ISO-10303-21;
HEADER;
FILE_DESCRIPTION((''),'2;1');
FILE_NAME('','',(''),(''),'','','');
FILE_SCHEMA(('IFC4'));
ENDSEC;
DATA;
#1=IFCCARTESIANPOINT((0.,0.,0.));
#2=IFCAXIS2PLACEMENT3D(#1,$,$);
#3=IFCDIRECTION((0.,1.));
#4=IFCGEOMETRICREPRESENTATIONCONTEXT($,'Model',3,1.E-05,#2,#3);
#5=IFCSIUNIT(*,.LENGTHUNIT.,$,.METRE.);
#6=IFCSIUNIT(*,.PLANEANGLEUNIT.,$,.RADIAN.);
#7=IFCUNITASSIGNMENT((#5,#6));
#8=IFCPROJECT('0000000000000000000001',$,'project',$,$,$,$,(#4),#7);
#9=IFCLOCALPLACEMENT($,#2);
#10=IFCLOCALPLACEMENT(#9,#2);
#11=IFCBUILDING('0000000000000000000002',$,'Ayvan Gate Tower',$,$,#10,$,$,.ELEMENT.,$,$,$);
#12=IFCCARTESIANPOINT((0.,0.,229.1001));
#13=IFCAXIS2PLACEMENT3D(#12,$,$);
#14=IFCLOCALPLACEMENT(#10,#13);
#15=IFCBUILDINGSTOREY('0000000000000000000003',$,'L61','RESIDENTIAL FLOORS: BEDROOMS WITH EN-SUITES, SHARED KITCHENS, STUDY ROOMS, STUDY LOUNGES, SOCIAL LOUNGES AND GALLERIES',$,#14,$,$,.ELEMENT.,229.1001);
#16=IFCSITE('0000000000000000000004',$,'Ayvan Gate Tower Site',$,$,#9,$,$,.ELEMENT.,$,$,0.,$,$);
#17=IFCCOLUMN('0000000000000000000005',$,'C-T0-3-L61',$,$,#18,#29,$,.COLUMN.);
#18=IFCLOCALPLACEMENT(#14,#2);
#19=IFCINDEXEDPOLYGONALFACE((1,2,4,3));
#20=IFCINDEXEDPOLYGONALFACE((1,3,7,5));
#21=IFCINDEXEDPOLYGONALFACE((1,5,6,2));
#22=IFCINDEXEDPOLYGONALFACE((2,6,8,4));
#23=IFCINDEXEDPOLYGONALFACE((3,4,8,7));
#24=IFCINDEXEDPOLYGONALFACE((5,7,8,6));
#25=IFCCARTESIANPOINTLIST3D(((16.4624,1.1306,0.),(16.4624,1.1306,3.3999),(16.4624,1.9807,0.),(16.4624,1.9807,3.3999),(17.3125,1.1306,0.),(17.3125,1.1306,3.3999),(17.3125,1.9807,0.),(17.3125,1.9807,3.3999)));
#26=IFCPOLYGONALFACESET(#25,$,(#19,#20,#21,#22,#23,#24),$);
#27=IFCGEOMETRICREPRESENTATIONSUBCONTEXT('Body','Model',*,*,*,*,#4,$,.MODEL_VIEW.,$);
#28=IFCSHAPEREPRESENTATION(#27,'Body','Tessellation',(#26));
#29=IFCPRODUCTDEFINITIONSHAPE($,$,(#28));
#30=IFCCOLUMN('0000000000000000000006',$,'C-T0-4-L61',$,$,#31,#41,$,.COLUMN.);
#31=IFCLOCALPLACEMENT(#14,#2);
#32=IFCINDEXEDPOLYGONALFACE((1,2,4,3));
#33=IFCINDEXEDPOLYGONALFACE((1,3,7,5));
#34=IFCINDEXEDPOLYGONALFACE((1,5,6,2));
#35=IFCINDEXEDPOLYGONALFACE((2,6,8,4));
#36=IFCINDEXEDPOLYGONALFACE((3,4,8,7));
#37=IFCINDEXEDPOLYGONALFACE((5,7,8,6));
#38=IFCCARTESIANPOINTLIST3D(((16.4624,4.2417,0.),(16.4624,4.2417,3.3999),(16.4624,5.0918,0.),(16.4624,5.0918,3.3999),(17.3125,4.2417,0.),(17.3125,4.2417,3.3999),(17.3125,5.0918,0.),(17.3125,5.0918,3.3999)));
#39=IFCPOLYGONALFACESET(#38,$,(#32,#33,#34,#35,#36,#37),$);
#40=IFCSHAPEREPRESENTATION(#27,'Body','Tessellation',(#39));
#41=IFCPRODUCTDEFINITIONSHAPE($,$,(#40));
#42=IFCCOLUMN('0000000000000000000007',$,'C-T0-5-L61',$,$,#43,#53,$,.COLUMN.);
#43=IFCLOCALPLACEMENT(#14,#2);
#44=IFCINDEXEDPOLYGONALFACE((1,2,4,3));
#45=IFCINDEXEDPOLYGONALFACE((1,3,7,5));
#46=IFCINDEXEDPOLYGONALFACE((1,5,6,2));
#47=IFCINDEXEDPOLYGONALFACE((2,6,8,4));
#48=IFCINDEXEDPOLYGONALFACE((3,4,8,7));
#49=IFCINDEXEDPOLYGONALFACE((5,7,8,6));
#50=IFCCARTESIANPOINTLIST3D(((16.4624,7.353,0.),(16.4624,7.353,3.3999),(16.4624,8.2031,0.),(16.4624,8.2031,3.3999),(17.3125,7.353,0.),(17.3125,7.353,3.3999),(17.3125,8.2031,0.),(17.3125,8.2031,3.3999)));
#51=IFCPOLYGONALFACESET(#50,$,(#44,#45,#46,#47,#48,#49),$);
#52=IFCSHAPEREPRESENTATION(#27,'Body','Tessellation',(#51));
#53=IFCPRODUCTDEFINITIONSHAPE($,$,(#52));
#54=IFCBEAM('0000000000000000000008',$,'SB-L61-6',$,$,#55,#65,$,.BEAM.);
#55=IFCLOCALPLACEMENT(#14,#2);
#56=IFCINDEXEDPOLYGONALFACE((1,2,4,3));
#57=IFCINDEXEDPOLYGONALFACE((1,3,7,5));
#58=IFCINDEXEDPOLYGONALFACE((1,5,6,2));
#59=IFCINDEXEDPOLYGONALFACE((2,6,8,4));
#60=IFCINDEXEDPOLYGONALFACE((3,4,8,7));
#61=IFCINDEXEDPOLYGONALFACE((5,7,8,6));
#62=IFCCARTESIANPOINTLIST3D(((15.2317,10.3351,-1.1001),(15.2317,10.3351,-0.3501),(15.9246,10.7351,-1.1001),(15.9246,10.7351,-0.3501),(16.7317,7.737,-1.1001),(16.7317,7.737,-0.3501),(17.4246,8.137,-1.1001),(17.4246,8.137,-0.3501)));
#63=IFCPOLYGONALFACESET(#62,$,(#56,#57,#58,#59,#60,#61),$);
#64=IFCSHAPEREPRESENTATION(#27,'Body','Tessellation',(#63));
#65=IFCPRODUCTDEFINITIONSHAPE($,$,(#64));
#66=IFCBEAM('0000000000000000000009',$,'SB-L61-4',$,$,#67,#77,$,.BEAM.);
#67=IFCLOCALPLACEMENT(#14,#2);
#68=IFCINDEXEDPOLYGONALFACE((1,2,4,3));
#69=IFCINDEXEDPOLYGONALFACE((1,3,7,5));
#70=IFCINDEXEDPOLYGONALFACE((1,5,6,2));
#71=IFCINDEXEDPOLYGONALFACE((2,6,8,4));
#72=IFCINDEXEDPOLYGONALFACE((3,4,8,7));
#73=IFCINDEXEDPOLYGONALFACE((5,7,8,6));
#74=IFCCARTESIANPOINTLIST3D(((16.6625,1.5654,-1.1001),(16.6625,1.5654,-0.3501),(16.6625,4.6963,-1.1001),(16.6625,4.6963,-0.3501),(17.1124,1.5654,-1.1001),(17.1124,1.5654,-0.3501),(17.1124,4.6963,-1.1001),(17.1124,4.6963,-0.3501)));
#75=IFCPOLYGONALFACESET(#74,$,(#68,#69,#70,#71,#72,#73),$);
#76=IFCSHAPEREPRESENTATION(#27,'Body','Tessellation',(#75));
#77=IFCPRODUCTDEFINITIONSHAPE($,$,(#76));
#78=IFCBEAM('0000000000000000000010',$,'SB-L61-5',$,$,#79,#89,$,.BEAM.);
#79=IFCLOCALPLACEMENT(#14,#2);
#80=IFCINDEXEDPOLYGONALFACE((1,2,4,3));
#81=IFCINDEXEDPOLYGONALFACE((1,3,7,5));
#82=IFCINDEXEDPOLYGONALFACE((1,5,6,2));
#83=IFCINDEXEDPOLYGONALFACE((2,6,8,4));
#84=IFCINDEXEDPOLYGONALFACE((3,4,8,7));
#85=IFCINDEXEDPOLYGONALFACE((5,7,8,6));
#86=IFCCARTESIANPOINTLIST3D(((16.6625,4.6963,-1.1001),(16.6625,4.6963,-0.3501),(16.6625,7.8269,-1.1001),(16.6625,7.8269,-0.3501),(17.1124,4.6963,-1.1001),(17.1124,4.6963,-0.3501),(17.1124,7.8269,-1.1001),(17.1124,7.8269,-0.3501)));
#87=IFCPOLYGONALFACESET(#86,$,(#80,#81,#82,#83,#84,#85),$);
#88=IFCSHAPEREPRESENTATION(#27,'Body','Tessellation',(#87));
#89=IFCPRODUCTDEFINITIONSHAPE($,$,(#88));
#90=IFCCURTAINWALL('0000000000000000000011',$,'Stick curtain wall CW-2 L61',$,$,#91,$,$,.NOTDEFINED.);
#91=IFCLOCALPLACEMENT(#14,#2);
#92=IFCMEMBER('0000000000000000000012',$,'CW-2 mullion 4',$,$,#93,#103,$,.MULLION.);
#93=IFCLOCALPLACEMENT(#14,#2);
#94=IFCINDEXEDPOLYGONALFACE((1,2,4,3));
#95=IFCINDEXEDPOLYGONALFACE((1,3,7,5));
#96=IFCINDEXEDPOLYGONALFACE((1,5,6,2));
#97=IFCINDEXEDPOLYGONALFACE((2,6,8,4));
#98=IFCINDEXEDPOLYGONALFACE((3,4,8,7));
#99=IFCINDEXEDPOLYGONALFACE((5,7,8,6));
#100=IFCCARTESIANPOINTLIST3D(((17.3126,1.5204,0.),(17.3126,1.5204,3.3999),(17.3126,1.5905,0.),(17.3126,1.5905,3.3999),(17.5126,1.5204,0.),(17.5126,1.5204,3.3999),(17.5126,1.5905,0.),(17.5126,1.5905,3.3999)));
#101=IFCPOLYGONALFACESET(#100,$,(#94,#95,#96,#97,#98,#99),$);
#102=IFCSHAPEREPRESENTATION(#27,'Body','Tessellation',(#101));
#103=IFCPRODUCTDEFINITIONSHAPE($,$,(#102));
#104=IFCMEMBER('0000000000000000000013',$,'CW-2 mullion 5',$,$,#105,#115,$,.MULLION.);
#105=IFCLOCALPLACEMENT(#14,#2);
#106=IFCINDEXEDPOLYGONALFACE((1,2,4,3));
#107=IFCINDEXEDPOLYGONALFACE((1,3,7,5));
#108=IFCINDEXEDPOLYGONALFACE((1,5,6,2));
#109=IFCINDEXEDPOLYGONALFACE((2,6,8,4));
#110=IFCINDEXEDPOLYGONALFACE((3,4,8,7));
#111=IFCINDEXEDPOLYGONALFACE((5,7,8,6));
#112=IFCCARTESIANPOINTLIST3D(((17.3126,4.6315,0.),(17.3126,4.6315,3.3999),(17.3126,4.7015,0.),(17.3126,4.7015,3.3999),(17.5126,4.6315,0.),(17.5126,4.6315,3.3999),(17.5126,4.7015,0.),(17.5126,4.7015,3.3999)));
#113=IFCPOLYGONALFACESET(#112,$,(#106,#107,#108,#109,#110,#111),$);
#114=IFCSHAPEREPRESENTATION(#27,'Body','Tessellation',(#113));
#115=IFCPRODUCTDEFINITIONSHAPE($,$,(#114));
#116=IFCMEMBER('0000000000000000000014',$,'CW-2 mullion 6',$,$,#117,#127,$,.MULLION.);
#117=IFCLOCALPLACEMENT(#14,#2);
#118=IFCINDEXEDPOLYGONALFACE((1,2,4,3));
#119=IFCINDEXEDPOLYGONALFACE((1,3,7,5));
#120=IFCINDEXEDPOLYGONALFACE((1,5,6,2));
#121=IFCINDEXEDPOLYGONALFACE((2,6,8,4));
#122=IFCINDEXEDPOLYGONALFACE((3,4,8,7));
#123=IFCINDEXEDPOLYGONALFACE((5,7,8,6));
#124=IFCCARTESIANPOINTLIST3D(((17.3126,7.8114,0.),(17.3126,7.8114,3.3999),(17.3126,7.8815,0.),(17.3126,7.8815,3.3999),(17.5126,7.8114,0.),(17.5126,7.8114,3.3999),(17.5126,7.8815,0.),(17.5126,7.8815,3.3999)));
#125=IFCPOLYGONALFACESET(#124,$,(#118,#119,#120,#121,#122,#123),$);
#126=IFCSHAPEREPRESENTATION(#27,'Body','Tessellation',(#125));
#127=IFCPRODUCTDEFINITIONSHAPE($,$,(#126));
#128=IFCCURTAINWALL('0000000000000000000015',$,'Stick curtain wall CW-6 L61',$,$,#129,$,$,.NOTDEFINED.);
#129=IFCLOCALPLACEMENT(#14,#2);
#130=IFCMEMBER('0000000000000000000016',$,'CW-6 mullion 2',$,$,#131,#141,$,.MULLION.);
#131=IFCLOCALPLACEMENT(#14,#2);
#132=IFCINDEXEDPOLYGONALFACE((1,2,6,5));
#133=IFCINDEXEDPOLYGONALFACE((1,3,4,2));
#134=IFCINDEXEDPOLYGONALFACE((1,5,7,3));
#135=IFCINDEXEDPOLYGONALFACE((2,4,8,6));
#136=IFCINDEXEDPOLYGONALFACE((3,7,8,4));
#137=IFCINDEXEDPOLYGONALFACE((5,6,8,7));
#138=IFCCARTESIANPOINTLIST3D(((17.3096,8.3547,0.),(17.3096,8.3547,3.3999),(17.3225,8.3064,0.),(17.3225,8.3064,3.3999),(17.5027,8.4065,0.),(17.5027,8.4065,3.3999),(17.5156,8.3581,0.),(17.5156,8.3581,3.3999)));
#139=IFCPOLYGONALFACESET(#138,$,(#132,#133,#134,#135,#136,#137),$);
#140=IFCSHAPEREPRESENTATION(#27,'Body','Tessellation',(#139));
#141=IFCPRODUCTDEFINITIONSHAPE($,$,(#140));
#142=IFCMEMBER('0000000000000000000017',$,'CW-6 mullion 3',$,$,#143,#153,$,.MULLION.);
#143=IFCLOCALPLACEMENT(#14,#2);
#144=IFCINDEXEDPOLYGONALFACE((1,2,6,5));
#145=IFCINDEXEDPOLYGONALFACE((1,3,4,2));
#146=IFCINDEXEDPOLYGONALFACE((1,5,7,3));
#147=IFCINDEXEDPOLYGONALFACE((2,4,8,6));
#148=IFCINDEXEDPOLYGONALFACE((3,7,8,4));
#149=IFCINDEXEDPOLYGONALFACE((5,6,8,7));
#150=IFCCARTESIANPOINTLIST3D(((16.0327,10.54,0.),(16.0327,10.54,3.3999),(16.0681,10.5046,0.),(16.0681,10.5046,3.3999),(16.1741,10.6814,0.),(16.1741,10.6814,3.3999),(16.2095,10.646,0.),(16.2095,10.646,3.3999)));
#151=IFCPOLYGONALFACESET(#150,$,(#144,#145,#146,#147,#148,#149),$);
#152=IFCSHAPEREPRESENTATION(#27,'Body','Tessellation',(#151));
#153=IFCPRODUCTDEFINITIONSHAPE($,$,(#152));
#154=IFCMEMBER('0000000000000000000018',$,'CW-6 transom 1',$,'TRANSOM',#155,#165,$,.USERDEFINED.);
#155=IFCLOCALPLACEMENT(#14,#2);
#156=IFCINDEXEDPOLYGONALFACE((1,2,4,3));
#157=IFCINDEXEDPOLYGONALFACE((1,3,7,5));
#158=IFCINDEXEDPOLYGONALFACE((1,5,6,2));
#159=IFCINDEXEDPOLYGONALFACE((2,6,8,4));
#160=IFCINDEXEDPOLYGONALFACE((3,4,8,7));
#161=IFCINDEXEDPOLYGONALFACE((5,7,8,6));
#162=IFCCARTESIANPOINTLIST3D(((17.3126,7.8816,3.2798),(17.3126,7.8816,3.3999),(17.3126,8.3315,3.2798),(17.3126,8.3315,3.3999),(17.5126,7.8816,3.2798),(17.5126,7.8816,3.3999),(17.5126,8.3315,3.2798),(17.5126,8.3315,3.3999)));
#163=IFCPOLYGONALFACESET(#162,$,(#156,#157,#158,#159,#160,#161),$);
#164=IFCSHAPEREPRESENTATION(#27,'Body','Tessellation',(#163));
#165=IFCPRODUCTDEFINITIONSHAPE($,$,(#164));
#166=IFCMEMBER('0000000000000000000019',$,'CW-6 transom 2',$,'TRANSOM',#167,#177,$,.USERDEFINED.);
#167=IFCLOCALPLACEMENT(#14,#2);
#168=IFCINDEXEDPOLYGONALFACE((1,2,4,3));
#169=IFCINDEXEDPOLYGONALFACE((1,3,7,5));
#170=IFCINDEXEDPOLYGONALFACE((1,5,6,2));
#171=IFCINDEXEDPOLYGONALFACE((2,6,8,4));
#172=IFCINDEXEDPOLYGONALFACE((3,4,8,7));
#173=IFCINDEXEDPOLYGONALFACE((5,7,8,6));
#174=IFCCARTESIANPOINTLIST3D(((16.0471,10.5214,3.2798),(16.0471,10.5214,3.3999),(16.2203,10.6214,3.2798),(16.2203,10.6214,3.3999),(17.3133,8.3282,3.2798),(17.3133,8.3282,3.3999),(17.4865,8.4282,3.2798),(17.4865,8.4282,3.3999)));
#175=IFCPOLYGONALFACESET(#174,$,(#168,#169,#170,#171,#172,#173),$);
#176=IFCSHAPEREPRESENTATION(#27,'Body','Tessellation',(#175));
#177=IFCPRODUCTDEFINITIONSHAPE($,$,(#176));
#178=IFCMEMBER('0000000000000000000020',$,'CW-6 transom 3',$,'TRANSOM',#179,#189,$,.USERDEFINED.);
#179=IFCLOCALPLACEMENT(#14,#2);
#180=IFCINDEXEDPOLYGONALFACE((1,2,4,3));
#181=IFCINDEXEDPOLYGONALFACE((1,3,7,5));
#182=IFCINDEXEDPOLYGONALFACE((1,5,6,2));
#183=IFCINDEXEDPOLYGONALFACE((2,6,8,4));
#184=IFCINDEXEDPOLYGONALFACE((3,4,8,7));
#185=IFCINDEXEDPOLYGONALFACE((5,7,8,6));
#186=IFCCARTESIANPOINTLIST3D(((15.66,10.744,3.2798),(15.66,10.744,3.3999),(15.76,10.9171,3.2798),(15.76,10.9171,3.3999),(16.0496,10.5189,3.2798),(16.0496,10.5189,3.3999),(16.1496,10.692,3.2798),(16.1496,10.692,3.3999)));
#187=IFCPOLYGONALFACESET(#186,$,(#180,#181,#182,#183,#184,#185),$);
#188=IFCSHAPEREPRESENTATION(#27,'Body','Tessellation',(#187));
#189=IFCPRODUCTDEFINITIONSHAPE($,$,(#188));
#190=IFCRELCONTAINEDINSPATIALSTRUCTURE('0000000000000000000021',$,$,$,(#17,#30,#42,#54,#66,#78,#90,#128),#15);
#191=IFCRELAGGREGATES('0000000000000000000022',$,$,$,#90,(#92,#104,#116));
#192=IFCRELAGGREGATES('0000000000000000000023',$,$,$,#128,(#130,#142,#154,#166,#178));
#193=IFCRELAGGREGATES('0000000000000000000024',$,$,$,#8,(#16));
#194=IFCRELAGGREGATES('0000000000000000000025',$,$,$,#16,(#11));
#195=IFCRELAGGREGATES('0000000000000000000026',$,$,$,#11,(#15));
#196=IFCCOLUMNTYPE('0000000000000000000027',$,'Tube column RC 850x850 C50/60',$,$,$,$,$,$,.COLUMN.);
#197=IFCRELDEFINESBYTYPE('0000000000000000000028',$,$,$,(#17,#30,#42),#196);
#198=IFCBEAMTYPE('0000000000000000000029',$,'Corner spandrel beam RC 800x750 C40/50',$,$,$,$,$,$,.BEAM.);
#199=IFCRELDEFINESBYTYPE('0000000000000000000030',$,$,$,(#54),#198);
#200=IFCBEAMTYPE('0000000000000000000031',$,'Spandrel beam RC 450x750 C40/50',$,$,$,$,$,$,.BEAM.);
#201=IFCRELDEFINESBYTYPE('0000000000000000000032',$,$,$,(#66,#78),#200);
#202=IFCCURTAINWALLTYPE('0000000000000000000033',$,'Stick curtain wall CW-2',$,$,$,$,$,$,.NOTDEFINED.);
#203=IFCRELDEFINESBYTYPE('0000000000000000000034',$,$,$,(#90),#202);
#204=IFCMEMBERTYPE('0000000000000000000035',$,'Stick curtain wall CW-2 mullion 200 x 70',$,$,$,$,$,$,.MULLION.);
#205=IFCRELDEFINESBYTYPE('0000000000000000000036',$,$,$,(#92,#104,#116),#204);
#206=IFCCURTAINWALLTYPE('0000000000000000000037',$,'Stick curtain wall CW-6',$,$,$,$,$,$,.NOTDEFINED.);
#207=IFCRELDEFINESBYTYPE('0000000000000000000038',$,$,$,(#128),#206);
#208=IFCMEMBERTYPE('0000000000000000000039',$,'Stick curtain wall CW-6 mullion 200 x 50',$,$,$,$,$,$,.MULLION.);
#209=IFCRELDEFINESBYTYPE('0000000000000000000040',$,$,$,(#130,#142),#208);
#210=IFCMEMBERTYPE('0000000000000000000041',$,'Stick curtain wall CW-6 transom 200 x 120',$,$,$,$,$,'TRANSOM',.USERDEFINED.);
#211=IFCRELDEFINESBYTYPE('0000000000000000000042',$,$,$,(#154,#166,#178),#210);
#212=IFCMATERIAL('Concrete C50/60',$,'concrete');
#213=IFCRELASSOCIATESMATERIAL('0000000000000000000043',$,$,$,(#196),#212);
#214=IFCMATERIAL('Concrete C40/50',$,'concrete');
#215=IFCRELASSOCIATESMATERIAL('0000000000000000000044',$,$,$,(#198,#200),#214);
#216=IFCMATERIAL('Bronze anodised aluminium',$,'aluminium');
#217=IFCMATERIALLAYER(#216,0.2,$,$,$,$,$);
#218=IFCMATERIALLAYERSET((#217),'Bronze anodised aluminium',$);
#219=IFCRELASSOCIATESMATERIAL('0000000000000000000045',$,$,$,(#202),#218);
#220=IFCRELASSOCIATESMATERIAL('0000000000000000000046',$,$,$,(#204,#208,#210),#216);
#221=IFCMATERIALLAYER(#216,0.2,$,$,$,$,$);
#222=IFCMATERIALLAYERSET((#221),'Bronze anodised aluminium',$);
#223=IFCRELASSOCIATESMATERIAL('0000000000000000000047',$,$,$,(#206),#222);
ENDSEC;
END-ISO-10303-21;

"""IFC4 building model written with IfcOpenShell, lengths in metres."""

from ifc_helpers import new_model, si_unit, direction, frame, origin, origin_2d, place, context, subcontext, project, spatial, rectangle, extrude, material, layer, layer_set, material_profile, profile_set, type_object, element, aggregate, save


model = new_model("IFC4")

# Units and contexts
model_context = context("Model", 3, precision=1e-05, world=origin(), true_north=direction((0.0, 1.0)))
body_context = subcontext(model_context, "Body", "Model", "MODEL_VIEW")
ifc_project = project(units=[si_unit("LENGTHUNIT", "METRE"), si_unit("PLANEANGLEUNIT", "RADIAN")], contexts=[model_context])

# Site, building, storey
site_placement = place(None, origin())
site = spatial("IfcSite", under=ifc_project, at=site_placement, Name="Ayvan Gate Tower Site", CompositionType="ELEMENT", RefElevation=0.0)
building_placement = place(site_placement, origin())
building = spatial("IfcBuilding", under=site, at=building_placement, Name="Ayvan Gate Tower", CompositionType="ELEMENT")
storey_placement = place(building_placement, frame((0.0, 0.0, 229.1001)))
storey = spatial("IfcBuildingStorey", under=building, at=storey_placement, Name="L61", Description="RESIDENTIAL FLOORS: BEDROOMS WITH EN-SUITES, SHARED KITCHENS, STUDY ROOMS, STUDY LOUNGES, SOCIAL LOUNGES AND GALLERIES", CompositionType="ELEMENT", Elevation=229.1001)

# Columns
ifc_material_1 = material(Name="Concrete C50/60", Category="concrete")
ifc_material_profile_1 = material_profile(ifc_material_1, rectangle(XDim=0.8501, YDim=0.8501, at=origin_2d()), Name="RC 850x850")
ifc_profile_set_1 = profile_set([ifc_material_profile_1], Name="Concrete C50/60")
column_type = type_object("IfcColumnType", Name="Tube column RC 850x850 C50/60", PredefinedType="COLUMN", material=ifc_profile_set_1)
for number, where, z_axis, x_axis, name in (
    (1, (16.8875, 1.5557, 0.0), (0.0, 0.0, 1.0), (1.0, 0.0, 0.0), "C-T0-3-L61"),
    (2, (16.8875, 4.6667, 0.0), (0.0, 0.0, 1.0), (1.0, 0.0, 0.0), "C-T0-4-L61"),
    (3, (16.8875, 7.7781, 0.0), (0.0, 0.0, 1.0), (1.0, 0.0, 0.0), "C-T0-5-L61"),
):
    element("IfcColumn", number, at=place(storey_placement, frame(where, z_axis=z_axis, x_axis=x_axis)), inside=storey, type_object=column_type, Name=name, PredefinedType="COLUMN", context=body_context, shape_type="SweptSolid", body=[
        extrude(rectangle(XDim=0.8501, YDim=0.8501, at=origin_2d()), origin(), (0.0, 0.0, 1.0), 3.3999),
    ])

# Beams
ifc_material_2 = material(Name="Concrete C40/50", Category="concrete")
ifc_material_profile_2 = material_profile(ifc_material_2, rectangle(XDim=0.8, YDim=0.75, at=origin_2d()), Name="RC 800x750")
ifc_profile_set_2 = profile_set([ifc_material_profile_2], Name="Concrete C40/50")
beam_type_1 = type_object("IfcBeamType", Name="Corner spandrel beam RC 800x750 C40/50", PredefinedType="BEAM", material=ifc_profile_set_2)
beam_1_placement = place(storey_placement, frame((17.0781, 7.937, -0.7251), z_axis=(-0.49999, 0.866031, 0.0), x_axis=(-0.866031, -0.49999, 0.0)))
element("IfcBeam", 4, at=beam_1_placement, inside=storey, type_object=beam_type_1, Name="SB-L61-6", PredefinedType="BEAM", context=body_context, shape_type="SweptSolid", body=[
    extrude(rectangle(XDim=0.8, YDim=0.75, at=origin_2d()), origin(), (0.0, 0.0, 1.0), 3.0),
])
ifc_material_profile_3 = material_profile(ifc_material_2, rectangle(XDim=0.45, YDim=0.75, at=origin_2d()), Name="RC 450x750")
ifc_profile_set_3 = profile_set([ifc_material_profile_3], Name="Concrete C40/50")
beam_type_2 = type_object("IfcBeamType", Name="Spandrel beam RC 450x750 C40/50", PredefinedType="BEAM", material=ifc_profile_set_3)
beam_2_placement = place(storey_placement, frame((16.8875, 1.5654, -0.7251), z_axis=(0.0, 1.0, 0.0), x_axis=(-1.0, 0.0, 0.0)))
element("IfcBeam", 5, at=beam_2_placement, inside=storey, type_object=beam_type_2, Name="SB-L61-4", PredefinedType="BEAM", context=body_context, shape_type="SweptSolid", body=[
    extrude(rectangle(XDim=0.45, YDim=0.75, at=origin_2d()), origin(), (0.0, 0.0, 1.0), 3.1309),
])
beam_3_placement = place(storey_placement, frame((16.8875, 4.6963, -0.7251), z_axis=(0.0, 1.0, 0.0), x_axis=(-1.0, 0.0, 0.0)))
element("IfcBeam", 6, at=beam_3_placement, inside=storey, type_object=beam_type_2, Name="SB-L61-5", PredefinedType="BEAM", context=body_context, shape_type="SweptSolid", body=[
    extrude(rectangle(XDim=0.45, YDim=0.75, at=origin_2d()), origin(), (0.0, 0.0, 1.0), 3.1306),
])

# Curtain walls, members
ifc_material_3 = material(Name="Bronze anodised aluminium", Category="aluminium")
ifc_layer_1 = layer(ifc_material_3, 0.2)
ifc_layer_set_1 = layer_set([ifc_layer_1], Name="Bronze anodised aluminium")
curtain_wall_type_1 = type_object("IfcCurtainWallType", Name="Stick curtain wall CW-2", PredefinedType="NOTDEFINED", material=ifc_layer_set_1)
curtain_wall_1_placement = place(storey_placement, origin())
curtain_wall_1 = element("IfcCurtainWall", 7, at=curtain_wall_1_placement, inside=storey, type_object=curtain_wall_type_1, Name="Stick curtain wall CW-2 L61", PredefinedType="NOTDEFINED")
ifc_material_profile_4 = material_profile(ifc_material_3, rectangle(XDim=0.2, YDim=0.0701, at=origin_2d()), Name="Stick curtain wall CW-2 mullion 200 x 70")
ifc_profile_set_4 = profile_set([ifc_material_profile_4], Name="Bronze anodised aluminium")
member_type_1 = type_object("IfcMemberType", Name="Stick curtain wall CW-2 mullion 200 x 70", PredefinedType="MULLION", material=ifc_profile_set_4)
member_1_placement = place(storey_placement, frame((17.4126, 1.5554, 0.0), z_axis=(0.0, 0.0, 1.0), x_axis=(1.0, 0.0, 0.0)))
member_1 = element("IfcMember", 8, at=member_1_placement, type_object=member_type_1, Name="CW-2 mullion 4", PredefinedType="MULLION", context=body_context, shape_type="SweptSolid", body=[
    extrude(rectangle(XDim=0.2, YDim=0.0701, at=origin_2d()), origin(), (0.0, 0.0, 1.0), 3.3999),
])
member_2_placement = place(storey_placement, frame((17.4126, 4.6665, 0.0), z_axis=(0.0, 0.0, 1.0), x_axis=(1.0, 0.0, 0.0)))
member_2 = element("IfcMember", 9, at=member_2_placement, type_object=member_type_1, Name="CW-2 mullion 5", PredefinedType="MULLION", context=body_context, shape_type="SweptSolid", body=[
    extrude(rectangle(XDim=0.2, YDim=0.0701, at=origin_2d()), origin(), (0.0, 0.0, 1.0), 3.3999),
])
member_3_placement = place(storey_placement, frame((17.4126, 7.8464, 0.0), z_axis=(0.0, 0.0, 1.0), x_axis=(1.0, 0.0, 0.0)))
member_3 = element("IfcMember", 10, at=member_3_placement, type_object=member_type_1, Name="CW-2 mullion 6", PredefinedType="MULLION", context=body_context, shape_type="SweptSolid", body=[
    extrude(rectangle(XDim=0.2, YDim=0.0701, at=origin_2d()), origin(), (0.0, 0.0, 1.0), 3.3999),
])
ifc_layer_2 = layer(ifc_material_3, 0.2)
ifc_layer_set_2 = layer_set([ifc_layer_2], Name="Bronze anodised aluminium")
curtain_wall_type_2 = type_object("IfcCurtainWallType", Name="Stick curtain wall CW-6", PredefinedType="NOTDEFINED", material=ifc_layer_set_2)
curtain_wall_2_placement = place(storey_placement, origin())
curtain_wall_2 = element("IfcCurtainWall", 11, at=curtain_wall_2_placement, inside=storey, type_object=curtain_wall_type_2, Name="Stick curtain wall CW-6 L61", PredefinedType="NOTDEFINED")
ifc_material_profile_5 = material_profile(ifc_material_3, rectangle(XDim=0.2, YDim=0.05, at=origin_2d()), Name="Stick curtain wall CW-6 mullion 200 x 50")
ifc_profile_set_5 = profile_set([ifc_material_profile_5], Name="Bronze anodised aluminium")
member_type_2 = type_object("IfcMemberType", Name="Stick curtain wall CW-6 mullion 200 x 50", PredefinedType="MULLION", material=ifc_profile_set_5)
member_4_placement = place(storey_placement, frame((17.4126, 8.3564, 0.0), z_axis=(0.0, 0.0, 1.0), x_axis=(0.965926, 0.258819, 0.0)))
member_4 = element("IfcMember", 12, at=member_4_placement, type_object=member_type_2, Name="CW-6 mullion 2", PredefinedType="MULLION", context=body_context, shape_type="SweptSolid", body=[
    extrude(rectangle(XDim=0.2, YDim=0.05, at=origin_2d()), origin(), (0.0, 0.0, 1.0), 3.3999),
])
member_5_placement = place(storey_placement, frame((16.1211, 10.593, 0.0), z_axis=(0.0, 0.0, 1.0), x_axis=(0.707107, 0.707107, 0.0)))
member_5 = element("IfcMember", 13, at=member_5_placement, type_object=member_type_2, Name="CW-6 mullion 3", PredefinedType="MULLION", context=body_context, shape_type="SweptSolid", body=[
    extrude(rectangle(XDim=0.2, YDim=0.05, at=origin_2d()), origin(), (0.0, 0.0, 1.0), 3.3999),
])
ifc_material_profile_6 = material_profile(ifc_material_3, rectangle(XDim=0.2, YDim=0.1201, at=origin_2d()), Name="Stick curtain wall CW-6 transom 200 x 120")
ifc_profile_set_6 = profile_set([ifc_material_profile_6], Name="Bronze anodised aluminium")
member_type_3 = type_object("IfcMemberType", Name="Stick curtain wall CW-6 transom 200 x 120", ElementType="TRANSOM", PredefinedType="USERDEFINED", material=ifc_profile_set_6)
member_6_placement = place(storey_placement, frame((17.4126, 7.8816, 3.3398), z_axis=(0.0, 1.0, 0.0), x_axis=(-1.0, 0.0, 0.0)))
member_6 = element("IfcMember", 14, at=member_6_placement, type_object=member_type_3, Name="CW-6 transom 1", ObjectType="TRANSOM", PredefinedType="USERDEFINED", context=body_context, shape_type="SweptSolid", body=[
    extrude(rectangle(XDim=0.2, YDim=0.1201, at=origin_2d()), origin(), (0.0, 0.0, 1.0), 0.45),
])
member_7_placement = place(storey_placement, frame((17.3999, 8.3782, 3.3398), z_axis=(-0.499976, 0.866039, 0.0), x_axis=(-0.866039, -0.499976, 0.0)))
member_7 = element("IfcMember", 15, at=member_7_placement, type_object=member_type_3, Name="CW-6 transom 2", ObjectType="TRANSOM", PredefinedType="USERDEFINED", context=body_context, shape_type="SweptSolid", body=[
    extrude(rectangle(XDim=0.2, YDim=0.1201, at=origin_2d()), origin(), (0.0, 0.0, 1.0), 2.5325),
])
member_8_placement = place(storey_placement, frame((16.0996, 10.6055, 3.3398), z_axis=(-0.865896, 0.500223, 0.0), x_axis=(-0.500223, -0.865896, 0.0)))
member_8 = element("IfcMember", 16, at=member_8_placement, type_object=member_type_3, Name="CW-6 transom 3", ObjectType="TRANSOM", PredefinedType="USERDEFINED", context=body_context, shape_type="SweptSolid", body=[
    extrude(rectangle(XDim=0.2, YDim=0.1201, at=origin_2d()), origin(), (0.0, 0.0, 1.0), 0.45),
])

aggregate(curtain_wall_1, [member_1, member_2, member_3])
aggregate(curtain_wall_2, [member_4, member_5, member_6, member_7, member_8])

save(model, "model.ifc")
